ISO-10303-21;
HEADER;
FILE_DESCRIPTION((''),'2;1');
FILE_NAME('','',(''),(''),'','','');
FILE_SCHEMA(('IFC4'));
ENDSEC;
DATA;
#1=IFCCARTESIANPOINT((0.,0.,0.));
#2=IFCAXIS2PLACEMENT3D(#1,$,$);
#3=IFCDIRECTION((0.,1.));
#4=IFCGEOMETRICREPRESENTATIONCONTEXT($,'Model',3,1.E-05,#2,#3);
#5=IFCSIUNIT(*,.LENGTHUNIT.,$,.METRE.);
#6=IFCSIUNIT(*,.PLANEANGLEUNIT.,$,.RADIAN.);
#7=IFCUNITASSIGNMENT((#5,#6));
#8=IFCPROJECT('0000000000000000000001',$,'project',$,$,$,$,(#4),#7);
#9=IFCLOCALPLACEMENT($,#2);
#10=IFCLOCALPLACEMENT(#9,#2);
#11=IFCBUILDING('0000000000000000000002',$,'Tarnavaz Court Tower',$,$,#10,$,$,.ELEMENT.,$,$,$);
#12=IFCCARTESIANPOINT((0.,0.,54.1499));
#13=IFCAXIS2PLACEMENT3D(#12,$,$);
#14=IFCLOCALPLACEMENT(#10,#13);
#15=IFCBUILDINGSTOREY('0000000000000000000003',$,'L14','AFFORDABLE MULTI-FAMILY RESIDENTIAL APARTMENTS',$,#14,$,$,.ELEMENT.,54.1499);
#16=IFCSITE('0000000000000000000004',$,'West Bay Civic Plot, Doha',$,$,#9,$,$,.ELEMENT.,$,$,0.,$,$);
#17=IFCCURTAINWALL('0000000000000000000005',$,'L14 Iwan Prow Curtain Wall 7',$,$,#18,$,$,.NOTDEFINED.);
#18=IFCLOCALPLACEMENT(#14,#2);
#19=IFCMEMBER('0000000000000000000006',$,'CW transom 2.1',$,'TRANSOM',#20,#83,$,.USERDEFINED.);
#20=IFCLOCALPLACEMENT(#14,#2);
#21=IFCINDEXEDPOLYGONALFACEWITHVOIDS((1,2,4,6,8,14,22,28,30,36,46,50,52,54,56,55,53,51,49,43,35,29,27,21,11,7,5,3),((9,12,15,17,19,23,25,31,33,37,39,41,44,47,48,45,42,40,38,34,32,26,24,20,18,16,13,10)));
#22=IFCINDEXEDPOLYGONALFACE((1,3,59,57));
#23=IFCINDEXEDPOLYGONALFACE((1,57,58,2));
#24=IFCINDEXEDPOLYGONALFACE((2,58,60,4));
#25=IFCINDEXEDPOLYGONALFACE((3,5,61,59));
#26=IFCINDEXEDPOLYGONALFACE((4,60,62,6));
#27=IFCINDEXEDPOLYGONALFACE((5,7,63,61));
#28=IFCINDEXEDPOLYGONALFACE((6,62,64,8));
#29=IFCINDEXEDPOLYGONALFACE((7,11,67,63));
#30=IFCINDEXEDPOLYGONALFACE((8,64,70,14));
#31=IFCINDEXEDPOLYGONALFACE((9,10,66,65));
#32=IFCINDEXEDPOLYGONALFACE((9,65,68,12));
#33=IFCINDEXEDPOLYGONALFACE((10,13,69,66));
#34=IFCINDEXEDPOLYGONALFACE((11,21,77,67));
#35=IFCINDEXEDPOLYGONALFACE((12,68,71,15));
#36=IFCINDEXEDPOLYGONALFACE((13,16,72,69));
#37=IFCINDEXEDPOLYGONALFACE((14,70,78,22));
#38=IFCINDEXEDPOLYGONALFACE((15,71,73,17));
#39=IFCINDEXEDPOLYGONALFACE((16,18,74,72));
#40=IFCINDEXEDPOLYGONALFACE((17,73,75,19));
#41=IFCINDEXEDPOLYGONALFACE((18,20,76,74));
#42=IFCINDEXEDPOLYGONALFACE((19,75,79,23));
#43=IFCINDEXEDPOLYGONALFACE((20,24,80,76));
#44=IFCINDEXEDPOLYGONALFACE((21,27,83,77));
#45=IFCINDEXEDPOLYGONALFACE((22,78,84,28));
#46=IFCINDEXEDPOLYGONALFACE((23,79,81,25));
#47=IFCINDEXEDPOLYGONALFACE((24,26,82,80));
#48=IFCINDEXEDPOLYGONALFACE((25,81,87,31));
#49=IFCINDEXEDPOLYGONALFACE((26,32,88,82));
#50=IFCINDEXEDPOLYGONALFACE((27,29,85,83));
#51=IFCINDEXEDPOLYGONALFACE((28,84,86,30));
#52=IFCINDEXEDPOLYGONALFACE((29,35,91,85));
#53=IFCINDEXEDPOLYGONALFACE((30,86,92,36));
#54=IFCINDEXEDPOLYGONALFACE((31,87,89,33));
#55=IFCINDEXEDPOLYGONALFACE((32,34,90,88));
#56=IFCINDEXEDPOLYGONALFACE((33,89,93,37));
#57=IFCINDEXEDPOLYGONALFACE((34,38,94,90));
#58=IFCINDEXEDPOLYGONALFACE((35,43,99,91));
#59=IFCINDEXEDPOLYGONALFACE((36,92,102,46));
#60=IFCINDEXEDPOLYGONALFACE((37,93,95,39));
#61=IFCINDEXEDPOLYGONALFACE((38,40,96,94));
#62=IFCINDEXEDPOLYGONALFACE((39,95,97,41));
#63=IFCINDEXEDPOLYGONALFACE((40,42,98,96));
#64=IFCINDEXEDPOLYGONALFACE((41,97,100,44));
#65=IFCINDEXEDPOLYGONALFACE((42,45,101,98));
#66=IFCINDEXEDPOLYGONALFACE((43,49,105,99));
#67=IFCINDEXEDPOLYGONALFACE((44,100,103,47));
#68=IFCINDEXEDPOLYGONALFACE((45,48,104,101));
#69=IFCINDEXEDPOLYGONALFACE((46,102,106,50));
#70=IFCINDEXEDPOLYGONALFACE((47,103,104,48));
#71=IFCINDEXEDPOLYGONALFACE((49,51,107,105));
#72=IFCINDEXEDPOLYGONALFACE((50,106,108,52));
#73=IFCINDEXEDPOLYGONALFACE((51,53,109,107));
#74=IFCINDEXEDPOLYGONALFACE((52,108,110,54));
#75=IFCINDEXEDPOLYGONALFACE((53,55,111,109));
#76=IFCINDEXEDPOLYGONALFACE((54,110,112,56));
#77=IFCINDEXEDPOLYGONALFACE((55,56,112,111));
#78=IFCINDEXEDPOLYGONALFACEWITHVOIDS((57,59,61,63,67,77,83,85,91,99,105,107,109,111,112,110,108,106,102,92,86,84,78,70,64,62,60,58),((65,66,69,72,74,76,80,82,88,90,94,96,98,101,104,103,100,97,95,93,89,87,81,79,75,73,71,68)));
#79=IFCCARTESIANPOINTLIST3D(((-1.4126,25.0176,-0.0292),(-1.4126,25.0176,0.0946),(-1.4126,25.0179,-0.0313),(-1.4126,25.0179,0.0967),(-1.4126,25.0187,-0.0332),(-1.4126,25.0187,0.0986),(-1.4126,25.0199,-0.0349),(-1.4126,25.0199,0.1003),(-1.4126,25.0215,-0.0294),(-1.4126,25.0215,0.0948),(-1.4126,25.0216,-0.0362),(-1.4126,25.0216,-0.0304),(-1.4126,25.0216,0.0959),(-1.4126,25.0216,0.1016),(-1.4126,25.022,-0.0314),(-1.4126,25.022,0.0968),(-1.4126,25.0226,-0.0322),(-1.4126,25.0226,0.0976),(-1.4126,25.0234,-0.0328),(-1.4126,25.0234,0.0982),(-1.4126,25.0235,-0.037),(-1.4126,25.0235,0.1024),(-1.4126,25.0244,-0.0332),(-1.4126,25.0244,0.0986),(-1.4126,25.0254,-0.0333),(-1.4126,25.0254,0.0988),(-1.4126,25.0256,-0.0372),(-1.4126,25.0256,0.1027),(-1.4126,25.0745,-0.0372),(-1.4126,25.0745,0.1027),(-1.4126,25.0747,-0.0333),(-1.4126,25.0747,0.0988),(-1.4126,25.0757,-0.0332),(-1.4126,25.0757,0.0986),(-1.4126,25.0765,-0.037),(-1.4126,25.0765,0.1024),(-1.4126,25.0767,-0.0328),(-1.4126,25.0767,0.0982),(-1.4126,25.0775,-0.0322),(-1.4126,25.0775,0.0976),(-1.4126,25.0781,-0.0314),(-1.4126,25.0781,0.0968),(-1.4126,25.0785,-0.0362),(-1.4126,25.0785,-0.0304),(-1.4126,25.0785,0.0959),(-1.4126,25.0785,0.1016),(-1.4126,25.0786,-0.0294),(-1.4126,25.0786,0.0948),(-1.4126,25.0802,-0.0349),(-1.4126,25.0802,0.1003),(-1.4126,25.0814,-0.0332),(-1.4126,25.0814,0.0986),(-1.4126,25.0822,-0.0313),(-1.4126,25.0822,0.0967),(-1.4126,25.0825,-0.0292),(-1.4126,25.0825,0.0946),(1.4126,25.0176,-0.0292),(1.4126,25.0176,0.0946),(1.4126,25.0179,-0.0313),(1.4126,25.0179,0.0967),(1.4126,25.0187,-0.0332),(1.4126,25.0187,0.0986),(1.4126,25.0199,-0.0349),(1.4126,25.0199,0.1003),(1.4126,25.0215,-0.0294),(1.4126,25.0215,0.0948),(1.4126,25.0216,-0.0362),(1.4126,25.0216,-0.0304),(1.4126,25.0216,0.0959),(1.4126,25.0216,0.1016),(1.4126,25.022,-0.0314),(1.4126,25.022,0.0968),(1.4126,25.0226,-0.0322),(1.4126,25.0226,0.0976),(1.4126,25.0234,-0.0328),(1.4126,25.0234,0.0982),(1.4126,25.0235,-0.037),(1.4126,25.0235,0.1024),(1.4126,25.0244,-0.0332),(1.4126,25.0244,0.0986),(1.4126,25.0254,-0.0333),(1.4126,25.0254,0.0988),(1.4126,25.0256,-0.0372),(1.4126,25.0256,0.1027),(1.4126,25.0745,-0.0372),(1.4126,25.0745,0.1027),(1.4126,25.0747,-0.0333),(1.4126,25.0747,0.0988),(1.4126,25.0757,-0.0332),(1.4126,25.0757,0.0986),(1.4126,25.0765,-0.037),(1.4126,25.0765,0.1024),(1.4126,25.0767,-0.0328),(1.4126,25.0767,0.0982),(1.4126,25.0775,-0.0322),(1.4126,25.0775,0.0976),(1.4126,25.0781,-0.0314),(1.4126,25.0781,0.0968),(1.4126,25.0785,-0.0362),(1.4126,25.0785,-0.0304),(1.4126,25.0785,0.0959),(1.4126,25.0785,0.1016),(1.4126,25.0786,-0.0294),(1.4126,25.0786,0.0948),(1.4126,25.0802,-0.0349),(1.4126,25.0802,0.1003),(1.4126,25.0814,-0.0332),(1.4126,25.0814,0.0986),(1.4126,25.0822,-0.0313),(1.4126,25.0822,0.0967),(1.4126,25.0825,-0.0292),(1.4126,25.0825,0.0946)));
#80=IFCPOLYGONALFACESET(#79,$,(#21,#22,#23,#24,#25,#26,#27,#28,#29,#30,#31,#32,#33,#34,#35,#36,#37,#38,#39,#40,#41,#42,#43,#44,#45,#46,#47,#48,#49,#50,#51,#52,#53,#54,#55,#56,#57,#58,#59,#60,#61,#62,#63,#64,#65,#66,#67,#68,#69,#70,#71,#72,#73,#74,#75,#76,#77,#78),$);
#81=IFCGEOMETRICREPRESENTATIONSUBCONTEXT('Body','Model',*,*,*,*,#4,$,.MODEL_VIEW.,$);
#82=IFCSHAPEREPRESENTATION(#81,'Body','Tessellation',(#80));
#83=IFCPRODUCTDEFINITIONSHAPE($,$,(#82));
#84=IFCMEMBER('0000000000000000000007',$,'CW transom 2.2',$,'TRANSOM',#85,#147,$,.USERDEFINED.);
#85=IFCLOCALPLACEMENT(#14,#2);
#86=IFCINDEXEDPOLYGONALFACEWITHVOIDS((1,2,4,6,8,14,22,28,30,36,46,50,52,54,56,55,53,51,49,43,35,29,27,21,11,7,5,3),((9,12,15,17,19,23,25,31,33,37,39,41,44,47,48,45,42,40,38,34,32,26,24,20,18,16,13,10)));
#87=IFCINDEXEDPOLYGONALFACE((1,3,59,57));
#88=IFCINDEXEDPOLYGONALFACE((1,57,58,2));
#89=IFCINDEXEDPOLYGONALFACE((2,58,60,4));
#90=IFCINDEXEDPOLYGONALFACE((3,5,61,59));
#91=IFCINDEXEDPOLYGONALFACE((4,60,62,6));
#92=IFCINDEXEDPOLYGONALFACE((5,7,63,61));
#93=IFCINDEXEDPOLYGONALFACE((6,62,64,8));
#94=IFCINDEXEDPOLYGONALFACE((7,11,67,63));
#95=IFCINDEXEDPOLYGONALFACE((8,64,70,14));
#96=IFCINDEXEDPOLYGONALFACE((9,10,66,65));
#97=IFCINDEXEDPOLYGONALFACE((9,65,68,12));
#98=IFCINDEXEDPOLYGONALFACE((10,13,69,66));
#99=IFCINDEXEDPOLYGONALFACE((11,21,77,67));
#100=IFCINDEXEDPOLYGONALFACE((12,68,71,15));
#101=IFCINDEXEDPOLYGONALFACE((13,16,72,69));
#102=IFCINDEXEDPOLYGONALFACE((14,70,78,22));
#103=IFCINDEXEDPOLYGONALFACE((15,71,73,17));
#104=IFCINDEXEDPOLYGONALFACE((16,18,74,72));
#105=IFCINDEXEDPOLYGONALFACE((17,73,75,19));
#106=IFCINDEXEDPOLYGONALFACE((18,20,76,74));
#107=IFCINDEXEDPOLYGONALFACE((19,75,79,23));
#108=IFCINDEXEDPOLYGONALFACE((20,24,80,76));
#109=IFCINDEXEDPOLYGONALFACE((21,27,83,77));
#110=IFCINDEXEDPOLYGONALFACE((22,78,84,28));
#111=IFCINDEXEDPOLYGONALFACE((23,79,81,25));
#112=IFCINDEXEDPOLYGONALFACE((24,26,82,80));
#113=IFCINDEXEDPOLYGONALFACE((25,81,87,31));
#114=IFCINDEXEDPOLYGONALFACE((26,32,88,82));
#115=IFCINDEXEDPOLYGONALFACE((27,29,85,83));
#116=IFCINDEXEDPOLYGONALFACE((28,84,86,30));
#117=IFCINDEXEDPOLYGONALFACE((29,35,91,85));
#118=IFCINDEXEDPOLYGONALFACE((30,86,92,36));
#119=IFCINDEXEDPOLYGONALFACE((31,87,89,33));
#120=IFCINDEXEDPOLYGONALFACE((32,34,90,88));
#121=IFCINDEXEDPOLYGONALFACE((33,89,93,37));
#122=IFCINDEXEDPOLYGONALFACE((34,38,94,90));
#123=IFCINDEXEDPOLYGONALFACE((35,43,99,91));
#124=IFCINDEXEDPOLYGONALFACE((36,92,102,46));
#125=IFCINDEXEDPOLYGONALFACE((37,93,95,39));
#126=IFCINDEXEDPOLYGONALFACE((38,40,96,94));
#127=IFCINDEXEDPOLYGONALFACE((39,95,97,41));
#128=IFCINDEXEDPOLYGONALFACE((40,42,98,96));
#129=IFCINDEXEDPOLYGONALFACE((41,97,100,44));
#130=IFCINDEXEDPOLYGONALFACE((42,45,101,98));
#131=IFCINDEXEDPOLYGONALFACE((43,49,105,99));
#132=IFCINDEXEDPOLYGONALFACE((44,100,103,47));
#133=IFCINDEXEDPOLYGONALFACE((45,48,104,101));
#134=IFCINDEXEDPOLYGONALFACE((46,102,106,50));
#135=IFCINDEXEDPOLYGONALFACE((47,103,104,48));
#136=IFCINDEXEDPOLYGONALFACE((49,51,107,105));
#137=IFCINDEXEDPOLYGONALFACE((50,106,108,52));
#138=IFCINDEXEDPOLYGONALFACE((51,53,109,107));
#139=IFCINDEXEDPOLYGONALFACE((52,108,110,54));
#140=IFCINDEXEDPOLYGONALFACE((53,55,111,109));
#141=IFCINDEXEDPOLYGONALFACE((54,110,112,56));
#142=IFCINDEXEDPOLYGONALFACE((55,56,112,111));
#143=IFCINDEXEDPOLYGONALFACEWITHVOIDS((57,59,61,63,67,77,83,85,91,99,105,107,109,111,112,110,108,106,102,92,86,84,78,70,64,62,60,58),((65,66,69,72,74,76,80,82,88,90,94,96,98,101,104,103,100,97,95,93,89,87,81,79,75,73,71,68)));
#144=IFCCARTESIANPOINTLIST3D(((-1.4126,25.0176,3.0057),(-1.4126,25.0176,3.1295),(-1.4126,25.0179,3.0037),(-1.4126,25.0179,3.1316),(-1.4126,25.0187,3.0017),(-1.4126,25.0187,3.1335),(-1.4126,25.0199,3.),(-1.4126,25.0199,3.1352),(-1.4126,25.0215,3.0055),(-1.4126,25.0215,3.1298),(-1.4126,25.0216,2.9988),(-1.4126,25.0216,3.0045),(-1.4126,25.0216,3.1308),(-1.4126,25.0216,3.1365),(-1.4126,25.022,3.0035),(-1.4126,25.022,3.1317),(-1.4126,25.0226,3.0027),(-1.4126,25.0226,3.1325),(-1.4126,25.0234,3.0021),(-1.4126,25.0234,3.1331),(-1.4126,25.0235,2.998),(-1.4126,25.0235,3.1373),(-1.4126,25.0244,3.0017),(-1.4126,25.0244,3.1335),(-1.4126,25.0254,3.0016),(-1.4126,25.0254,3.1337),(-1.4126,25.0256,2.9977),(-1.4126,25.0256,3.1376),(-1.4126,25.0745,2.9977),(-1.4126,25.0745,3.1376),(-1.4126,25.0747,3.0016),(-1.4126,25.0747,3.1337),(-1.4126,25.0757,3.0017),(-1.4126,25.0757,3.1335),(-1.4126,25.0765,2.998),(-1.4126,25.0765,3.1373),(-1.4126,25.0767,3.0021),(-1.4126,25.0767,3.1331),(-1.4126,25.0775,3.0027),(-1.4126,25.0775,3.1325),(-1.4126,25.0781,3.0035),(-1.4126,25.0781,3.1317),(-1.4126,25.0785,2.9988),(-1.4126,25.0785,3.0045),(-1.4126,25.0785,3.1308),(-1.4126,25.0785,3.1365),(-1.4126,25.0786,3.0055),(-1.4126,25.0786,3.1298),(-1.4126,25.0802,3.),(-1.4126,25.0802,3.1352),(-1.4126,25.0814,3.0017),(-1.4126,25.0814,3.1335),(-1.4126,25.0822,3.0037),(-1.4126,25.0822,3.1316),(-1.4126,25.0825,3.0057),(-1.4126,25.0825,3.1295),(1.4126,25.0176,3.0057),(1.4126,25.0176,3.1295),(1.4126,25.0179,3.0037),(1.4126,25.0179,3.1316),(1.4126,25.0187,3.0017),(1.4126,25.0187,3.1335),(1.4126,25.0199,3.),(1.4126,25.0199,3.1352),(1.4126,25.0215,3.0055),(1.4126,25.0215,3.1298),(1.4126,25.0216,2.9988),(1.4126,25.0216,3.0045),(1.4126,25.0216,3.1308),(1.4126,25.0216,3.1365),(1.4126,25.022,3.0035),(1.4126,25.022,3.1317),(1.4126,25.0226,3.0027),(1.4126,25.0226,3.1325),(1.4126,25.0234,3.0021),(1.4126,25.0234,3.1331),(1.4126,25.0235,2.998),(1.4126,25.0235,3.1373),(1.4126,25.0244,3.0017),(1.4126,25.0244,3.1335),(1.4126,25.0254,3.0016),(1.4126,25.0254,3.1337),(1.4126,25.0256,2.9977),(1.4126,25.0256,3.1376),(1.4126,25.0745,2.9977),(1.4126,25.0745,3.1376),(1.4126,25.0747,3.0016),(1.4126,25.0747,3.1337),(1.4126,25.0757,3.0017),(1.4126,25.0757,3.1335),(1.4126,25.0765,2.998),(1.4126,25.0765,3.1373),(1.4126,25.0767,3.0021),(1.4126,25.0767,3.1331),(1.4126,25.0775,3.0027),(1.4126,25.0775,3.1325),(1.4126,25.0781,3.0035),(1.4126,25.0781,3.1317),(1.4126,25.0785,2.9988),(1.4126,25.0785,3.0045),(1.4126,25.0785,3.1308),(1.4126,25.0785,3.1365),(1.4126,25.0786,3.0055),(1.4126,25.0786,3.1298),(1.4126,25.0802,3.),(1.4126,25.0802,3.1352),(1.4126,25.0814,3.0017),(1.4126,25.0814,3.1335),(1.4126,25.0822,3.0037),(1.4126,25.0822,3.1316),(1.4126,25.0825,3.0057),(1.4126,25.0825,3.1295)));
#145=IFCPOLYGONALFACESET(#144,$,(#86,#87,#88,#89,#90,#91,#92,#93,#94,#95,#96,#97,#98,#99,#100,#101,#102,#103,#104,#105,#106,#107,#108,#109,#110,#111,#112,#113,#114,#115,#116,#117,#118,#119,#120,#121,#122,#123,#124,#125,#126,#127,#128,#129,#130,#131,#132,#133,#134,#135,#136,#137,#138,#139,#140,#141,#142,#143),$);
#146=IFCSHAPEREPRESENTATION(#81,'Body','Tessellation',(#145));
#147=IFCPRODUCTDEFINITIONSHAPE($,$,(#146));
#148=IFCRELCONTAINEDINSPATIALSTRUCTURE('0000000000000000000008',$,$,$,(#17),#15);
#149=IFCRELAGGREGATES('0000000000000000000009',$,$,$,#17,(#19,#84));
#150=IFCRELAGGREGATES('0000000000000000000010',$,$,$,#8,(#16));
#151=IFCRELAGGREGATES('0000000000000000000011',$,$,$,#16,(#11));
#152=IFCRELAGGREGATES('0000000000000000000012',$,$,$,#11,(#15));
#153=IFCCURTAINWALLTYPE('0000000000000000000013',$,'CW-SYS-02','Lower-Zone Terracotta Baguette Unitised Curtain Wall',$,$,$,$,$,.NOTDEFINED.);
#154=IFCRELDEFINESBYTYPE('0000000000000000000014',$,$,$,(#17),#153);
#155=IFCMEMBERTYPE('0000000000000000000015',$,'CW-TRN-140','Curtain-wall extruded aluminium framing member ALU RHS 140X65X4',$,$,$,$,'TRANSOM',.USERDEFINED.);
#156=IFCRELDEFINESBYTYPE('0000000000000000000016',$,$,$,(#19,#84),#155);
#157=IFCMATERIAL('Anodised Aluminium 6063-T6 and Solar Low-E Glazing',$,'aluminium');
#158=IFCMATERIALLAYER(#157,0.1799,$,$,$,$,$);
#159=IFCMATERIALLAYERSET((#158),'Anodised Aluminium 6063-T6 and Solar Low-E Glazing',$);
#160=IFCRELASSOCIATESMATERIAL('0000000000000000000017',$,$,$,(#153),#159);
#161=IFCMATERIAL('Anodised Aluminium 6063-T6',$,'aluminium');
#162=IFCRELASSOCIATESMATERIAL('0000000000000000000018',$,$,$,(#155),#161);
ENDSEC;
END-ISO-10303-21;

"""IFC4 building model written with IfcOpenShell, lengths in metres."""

from ifc_helpers import new_model, si_unit, direction, frame, origin, origin_2d, place, context, subcontext, project, spatial, hollow_rectangle, extrude, material, layer, layer_set, material_profile, profile_set, type_object, element, aggregate, save


model = new_model("IFC4")

# Units and contexts
model_context = context("Model", 3, precision=1e-05, world=origin(), true_north=direction((0.0, 1.0)))
body_context = subcontext(model_context, "Body", "Model", "MODEL_VIEW")
ifc_project = project(units=[si_unit("LENGTHUNIT", "METRE"), si_unit("PLANEANGLEUNIT", "RADIAN")], contexts=[model_context])

# Site, building, storey
site_placement = place(None, origin())
site = spatial("IfcSite", under=ifc_project, at=site_placement, Name="West Bay Civic Plot, Doha", CompositionType="ELEMENT", RefElevation=0.0)
building_placement = place(site_placement, origin())
building = spatial("IfcBuilding", under=site, at=building_placement, Name="Tarnavaz Court Tower", CompositionType="ELEMENT")
storey_placement = place(building_placement, frame((0.0, 0.0, 54.1499)))
storey = spatial("IfcBuildingStorey", under=building, at=storey_placement, Name="L14", Description="AFFORDABLE MULTI-FAMILY RESIDENTIAL APARTMENTS", CompositionType="ELEMENT", Elevation=54.1499)

# Curtain wall, members
ifc_material_1 = material(Name="Anodised Aluminium 6063-T6 and Solar Low-E Glazing", Category="aluminium")
ifc_layer_1 = layer(ifc_material_1, 0.1799)
ifc_layer_set_1 = layer_set([ifc_layer_1], Name="Anodised Aluminium 6063-T6 and Solar Low-E Glazing")
curtain_wall_type = type_object("IfcCurtainWallType", Name="CW-SYS-02", Description="Lower-Zone Terracotta Baguette Unitised Curtain Wall", PredefinedType="NOTDEFINED", material=ifc_layer_set_1)
curtain_wall_placement = place(storey_placement, origin())
curtain_wall = element("IfcCurtainWall", 1, at=curtain_wall_placement, inside=storey, type_object=curtain_wall_type, Name="L14 Iwan Prow Curtain Wall 7", PredefinedType="NOTDEFINED")
ifc_material_2 = material(Name="Anodised Aluminium 6063-T6", Category="aluminium")
ifc_material_profile_1 = material_profile(ifc_material_2, hollow_rectangle(XDim=0.0649, YDim=0.1399, WallThickness=0.0039, InnerFilletRadius=0.0039, OuterFilletRadius=0.0081, at=origin_2d()), Name="ALU RHS 140X65X4")
ifc_profile_set_1 = profile_set([ifc_material_profile_1], Name="Anodised Aluminium 6063-T6")
member_type_1 = type_object("IfcMemberType", Name="CW-TRN-140", Description="Curtain-wall extruded aluminium framing member ALU RHS 140X65X4", ElementType="TRANSOM", PredefinedType="USERDEFINED", material=ifc_profile_set_1)
member_1_placement = place(storey_placement, frame((-1.4126, 25.05, 0.0327), z_axis=(1.0, 0.0, 0.0), x_axis=(0.0, 1.0, 0.0)))
member_1 = element("IfcMember", 2, at=member_1_placement, type_object=member_type_1, Name="CW transom 2.1", ObjectType="TRANSOM", PredefinedType="USERDEFINED", context=body_context, shape_type="SweptSolid", body=[
    extrude(hollow_rectangle(XDim=0.0649, YDim=0.1399, WallThickness=0.0039, InnerFilletRadius=0.0039, OuterFilletRadius=0.0081, at=origin_2d()), origin(), (0.0, 0.0, 1.0), 2.8252),
])
member_2_placement = place(storey_placement, frame((-1.4126, 25.05, 3.0676), z_axis=(1.0, 0.0, 0.0), x_axis=(0.0, 1.0, 0.0)))
member_2 = element("IfcMember", 3, at=member_2_placement, type_object=member_type_1, Name="CW transom 2.2", ObjectType="TRANSOM", PredefinedType="USERDEFINED", context=body_context, shape_type="SweptSolid", body=[
    extrude(hollow_rectangle(XDim=0.0649, YDim=0.1399, WallThickness=0.0039, InnerFilletRadius=0.0039, OuterFilletRadius=0.0081, at=origin_2d()), origin(), (0.0, 0.0, 1.0), 2.8252),
])
aggregate(curtain_wall, [member_1, member_2])

save(model, "model.ifc")
